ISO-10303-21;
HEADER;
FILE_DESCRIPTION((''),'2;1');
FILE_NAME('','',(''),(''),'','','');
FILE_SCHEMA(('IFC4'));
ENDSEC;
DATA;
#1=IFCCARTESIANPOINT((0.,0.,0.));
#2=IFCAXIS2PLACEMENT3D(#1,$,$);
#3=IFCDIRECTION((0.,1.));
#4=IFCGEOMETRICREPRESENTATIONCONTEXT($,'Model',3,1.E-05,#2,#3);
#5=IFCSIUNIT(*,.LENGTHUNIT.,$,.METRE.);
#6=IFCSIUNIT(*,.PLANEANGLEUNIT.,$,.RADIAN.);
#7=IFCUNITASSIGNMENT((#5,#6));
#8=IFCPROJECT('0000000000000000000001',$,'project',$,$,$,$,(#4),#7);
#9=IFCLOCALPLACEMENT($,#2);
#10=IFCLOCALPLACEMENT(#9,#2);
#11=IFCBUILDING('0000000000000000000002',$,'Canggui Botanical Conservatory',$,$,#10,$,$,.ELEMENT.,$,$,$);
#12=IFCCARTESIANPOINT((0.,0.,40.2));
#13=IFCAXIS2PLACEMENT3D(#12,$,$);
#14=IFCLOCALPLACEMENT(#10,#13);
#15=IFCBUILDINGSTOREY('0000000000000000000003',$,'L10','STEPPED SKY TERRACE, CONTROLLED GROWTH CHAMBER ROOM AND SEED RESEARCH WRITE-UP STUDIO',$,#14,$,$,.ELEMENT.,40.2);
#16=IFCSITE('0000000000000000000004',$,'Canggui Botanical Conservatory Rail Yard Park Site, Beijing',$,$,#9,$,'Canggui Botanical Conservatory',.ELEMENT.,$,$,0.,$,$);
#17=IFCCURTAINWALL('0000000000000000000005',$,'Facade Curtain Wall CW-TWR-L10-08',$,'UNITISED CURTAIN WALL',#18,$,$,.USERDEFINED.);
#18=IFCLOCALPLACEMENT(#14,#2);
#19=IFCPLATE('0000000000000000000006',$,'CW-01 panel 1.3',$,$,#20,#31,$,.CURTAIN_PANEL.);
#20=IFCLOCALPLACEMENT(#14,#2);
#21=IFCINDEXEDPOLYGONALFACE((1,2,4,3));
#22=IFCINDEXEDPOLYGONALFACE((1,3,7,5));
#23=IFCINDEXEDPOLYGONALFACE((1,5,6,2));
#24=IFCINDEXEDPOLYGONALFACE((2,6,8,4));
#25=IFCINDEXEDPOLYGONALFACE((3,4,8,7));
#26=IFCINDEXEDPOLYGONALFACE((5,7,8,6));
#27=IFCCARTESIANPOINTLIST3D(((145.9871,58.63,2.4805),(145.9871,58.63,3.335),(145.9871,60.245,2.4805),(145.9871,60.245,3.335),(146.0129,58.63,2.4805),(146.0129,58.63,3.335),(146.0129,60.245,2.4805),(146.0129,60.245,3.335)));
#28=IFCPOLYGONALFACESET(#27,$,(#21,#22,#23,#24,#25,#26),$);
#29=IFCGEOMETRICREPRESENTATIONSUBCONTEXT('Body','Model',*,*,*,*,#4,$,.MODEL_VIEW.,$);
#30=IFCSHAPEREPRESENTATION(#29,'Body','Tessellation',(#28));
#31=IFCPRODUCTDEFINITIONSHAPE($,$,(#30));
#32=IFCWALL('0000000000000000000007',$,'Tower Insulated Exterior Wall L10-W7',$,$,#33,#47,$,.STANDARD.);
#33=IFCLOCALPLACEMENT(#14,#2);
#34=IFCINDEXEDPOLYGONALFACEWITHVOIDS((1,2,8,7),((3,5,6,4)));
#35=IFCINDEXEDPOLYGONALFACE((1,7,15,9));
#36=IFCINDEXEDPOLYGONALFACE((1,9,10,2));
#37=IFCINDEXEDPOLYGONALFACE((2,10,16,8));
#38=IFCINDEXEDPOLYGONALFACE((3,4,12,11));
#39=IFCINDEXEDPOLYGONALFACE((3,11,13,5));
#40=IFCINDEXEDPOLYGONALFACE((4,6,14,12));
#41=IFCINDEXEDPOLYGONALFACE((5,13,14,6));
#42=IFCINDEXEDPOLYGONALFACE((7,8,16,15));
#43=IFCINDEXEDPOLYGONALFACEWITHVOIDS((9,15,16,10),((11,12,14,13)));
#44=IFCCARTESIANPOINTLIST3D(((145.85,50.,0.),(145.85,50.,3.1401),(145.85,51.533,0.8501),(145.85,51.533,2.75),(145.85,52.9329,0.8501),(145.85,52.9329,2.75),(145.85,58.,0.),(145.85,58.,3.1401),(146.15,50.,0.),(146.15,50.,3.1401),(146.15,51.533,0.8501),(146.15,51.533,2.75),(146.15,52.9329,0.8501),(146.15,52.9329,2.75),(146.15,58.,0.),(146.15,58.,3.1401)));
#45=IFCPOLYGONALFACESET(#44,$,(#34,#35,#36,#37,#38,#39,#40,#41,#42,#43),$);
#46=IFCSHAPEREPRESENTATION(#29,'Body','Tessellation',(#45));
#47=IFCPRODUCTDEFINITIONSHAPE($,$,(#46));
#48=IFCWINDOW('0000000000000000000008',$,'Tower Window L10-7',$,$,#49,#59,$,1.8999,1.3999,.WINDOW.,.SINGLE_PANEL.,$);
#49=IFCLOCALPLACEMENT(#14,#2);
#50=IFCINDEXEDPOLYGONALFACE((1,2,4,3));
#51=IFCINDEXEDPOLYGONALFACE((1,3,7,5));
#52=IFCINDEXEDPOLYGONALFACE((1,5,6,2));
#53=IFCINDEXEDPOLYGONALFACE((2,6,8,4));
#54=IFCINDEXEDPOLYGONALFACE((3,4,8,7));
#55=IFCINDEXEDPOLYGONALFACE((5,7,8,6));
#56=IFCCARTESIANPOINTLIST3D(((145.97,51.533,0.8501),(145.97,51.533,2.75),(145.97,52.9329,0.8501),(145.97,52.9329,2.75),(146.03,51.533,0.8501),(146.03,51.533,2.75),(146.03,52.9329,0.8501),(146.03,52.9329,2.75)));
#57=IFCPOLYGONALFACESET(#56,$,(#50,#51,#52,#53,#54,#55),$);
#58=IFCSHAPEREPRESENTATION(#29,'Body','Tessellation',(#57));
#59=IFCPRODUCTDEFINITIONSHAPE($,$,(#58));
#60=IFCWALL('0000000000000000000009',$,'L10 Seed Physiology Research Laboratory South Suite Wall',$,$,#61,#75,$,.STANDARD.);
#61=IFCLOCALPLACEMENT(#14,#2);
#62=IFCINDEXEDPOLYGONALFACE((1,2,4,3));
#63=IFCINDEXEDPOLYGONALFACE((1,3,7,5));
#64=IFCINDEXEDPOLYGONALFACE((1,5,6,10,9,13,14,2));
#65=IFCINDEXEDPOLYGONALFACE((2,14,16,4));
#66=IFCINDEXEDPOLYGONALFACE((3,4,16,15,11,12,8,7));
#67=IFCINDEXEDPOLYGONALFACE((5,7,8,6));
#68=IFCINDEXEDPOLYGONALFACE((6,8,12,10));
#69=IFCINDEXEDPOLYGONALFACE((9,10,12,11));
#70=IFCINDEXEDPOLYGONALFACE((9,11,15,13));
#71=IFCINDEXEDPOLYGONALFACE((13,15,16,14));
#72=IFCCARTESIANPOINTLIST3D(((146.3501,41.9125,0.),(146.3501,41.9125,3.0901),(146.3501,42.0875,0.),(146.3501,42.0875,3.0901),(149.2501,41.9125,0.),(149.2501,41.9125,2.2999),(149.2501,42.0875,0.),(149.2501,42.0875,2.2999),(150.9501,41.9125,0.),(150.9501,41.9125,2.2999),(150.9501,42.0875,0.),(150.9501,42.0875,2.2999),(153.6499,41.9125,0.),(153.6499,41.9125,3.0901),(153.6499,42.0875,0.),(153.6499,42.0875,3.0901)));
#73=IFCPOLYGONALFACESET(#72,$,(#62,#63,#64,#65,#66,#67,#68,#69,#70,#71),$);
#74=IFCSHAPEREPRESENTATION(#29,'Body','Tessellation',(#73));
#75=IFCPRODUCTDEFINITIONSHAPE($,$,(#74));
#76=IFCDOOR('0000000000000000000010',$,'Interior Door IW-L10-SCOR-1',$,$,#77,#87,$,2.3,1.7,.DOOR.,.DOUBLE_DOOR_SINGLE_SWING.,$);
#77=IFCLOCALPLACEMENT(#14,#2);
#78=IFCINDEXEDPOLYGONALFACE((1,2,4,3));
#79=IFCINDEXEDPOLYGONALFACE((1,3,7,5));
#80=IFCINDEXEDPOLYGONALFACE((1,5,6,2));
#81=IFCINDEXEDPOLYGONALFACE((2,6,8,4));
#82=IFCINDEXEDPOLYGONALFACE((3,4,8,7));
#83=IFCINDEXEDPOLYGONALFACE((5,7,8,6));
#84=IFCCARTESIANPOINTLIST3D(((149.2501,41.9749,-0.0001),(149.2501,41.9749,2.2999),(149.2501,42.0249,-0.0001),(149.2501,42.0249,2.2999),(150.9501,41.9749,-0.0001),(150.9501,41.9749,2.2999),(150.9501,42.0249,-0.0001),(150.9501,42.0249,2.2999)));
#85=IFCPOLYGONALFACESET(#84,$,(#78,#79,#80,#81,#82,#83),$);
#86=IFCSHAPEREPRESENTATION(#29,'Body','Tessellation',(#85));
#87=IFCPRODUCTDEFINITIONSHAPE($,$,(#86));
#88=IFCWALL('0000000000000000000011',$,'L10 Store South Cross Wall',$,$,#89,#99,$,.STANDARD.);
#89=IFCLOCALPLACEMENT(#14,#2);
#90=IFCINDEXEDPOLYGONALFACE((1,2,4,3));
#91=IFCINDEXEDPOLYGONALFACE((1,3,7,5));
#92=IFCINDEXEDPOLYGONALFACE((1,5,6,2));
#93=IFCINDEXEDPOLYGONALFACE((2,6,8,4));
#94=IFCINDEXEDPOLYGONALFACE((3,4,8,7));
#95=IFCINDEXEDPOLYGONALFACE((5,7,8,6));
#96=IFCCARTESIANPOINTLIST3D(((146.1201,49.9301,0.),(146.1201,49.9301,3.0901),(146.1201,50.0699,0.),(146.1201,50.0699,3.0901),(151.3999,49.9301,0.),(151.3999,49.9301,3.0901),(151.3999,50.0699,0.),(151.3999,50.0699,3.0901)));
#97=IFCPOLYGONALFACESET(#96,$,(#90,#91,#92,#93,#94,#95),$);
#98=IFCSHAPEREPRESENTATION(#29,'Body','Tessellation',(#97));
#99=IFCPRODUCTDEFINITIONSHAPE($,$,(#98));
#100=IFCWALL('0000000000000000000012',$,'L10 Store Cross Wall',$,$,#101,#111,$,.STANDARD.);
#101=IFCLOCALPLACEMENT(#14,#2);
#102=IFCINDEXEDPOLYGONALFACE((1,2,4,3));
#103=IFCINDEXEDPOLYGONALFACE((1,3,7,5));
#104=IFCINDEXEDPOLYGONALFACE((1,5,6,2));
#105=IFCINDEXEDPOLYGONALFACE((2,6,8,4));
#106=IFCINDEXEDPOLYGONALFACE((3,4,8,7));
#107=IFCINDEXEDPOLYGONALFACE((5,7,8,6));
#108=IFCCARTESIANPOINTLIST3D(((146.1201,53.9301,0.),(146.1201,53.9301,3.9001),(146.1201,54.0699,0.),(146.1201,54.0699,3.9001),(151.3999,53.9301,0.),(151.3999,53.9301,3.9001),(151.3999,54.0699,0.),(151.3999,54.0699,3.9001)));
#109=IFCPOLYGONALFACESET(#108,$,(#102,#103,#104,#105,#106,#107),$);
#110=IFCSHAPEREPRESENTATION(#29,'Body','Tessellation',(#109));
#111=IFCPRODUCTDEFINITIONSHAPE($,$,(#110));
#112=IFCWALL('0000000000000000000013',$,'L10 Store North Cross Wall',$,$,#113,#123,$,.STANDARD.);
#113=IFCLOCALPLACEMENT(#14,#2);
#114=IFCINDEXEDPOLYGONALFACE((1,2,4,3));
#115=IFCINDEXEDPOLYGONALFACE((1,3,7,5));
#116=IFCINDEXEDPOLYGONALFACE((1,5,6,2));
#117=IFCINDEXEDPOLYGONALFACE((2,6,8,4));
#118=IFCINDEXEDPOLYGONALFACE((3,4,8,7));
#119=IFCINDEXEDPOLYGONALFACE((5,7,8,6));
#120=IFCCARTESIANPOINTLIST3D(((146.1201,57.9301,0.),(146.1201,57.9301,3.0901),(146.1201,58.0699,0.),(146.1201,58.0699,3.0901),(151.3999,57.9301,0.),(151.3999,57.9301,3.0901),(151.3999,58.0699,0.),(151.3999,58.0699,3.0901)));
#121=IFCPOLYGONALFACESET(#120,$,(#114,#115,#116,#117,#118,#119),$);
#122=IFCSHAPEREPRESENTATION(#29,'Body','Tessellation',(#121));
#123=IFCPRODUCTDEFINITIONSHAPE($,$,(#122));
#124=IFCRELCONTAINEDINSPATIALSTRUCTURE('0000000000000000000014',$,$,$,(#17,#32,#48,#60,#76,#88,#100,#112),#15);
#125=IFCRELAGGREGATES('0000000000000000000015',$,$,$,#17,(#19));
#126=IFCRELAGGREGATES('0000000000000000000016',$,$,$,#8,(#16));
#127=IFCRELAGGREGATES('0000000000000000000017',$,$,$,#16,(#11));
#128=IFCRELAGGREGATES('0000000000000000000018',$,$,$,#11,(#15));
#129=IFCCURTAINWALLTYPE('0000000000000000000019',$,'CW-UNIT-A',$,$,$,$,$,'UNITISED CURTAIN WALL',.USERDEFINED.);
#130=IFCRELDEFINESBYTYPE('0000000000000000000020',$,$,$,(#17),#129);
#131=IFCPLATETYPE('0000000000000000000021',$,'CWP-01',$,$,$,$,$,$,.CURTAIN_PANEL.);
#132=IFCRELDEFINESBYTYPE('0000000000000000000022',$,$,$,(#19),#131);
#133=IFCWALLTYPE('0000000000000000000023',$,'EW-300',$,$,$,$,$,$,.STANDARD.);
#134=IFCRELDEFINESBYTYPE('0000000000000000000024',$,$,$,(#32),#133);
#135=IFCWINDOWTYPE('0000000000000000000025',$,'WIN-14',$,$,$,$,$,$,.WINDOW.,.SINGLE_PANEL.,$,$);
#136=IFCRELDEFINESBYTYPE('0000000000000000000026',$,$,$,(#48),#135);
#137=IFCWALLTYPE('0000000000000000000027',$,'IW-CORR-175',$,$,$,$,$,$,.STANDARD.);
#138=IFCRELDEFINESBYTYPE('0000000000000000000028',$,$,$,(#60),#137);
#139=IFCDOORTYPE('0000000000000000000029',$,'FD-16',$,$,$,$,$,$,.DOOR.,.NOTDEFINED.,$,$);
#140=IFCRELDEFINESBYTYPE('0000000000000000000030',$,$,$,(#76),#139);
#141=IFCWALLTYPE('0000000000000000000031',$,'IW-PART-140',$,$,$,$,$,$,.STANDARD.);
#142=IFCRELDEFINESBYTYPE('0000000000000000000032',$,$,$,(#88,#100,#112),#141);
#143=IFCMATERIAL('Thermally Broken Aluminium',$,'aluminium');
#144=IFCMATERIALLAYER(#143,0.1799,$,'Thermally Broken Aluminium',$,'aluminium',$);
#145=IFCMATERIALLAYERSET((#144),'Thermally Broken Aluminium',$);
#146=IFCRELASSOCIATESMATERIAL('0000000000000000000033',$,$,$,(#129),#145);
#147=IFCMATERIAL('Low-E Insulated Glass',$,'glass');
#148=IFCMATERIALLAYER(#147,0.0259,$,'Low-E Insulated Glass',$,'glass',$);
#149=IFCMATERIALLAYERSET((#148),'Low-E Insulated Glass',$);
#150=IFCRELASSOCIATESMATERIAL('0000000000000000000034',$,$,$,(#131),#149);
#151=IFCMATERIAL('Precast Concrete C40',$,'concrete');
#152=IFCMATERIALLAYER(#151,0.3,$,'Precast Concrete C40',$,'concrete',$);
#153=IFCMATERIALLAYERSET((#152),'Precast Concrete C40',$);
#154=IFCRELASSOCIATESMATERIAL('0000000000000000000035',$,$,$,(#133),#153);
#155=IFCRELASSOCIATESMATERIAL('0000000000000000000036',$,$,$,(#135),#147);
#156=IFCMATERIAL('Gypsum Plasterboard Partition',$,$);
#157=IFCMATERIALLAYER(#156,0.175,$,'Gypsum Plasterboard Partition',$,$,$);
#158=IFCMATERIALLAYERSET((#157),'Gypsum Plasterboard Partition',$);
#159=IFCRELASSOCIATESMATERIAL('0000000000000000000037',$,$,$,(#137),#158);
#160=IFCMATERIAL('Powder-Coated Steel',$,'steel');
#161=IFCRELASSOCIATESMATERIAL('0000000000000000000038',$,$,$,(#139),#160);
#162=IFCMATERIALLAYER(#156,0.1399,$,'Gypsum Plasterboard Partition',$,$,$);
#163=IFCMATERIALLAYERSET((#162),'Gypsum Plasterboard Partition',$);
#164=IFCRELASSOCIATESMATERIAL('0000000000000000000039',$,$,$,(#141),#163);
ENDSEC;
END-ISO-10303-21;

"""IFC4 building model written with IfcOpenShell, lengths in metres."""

from ifc_helpers import new_model, si_unit, direction, frame, frame_2d, origin, origin_2d, place, context, subcontext, project, spatial, rectangle, extrude, material, layer, layer_set, type_object, element, fill, aggregate, save


model = new_model("IFC4")

# Units and contexts
model_context = context("Model", 3, precision=1e-05, world=origin(), true_north=direction((0.0, 1.0)))
body_context = subcontext(model_context, "Body", "Model", "MODEL_VIEW")
ifc_project = project(units=[si_unit("LENGTHUNIT", "METRE"), si_unit("PLANEANGLEUNIT", "RADIAN")], contexts=[model_context])

# Site, building, storey
site_placement = place(None, origin())
site = spatial("IfcSite", under=ifc_project, at=site_placement, Name="Canggui Botanical Conservatory Rail Yard Park Site, Beijing", LongName="Canggui Botanical Conservatory", CompositionType="ELEMENT", RefElevation=0.0)
building_placement = place(site_placement, origin())
building = spatial("IfcBuilding", under=site, at=building_placement, Name="Canggui Botanical Conservatory", CompositionType="ELEMENT")
storey_placement = place(building_placement, frame((0.0, 0.0, 40.2)))
storey = spatial("IfcBuildingStorey", under=building, at=storey_placement, Name="L10", Description="STEPPED SKY TERRACE, CONTROLLED GROWTH CHAMBER ROOM AND SEED RESEARCH WRITE-UP STUDIO", CompositionType="ELEMENT", Elevation=40.2)

# Curtain wall
ifc_material_1 = material(Name="Thermally Broken Aluminium", Category="aluminium")
ifc_layer_1 = layer(ifc_material_1, 0.1799, Name="Thermally Broken Aluminium", Category="aluminium")
ifc_layer_set_1 = layer_set([ifc_layer_1], Name="Thermally Broken Aluminium")
curtain_wall_type = type_object("IfcCurtainWallType", Name="CW-UNIT-A", ElementType="UNITISED CURTAIN WALL", PredefinedType="USERDEFINED", material=ifc_layer_set_1)
curtain_wall_1_placement = place(storey_placement, origin())
curtain_wall_1 = element("IfcCurtainWall", 1, at=curtain_wall_1_placement, inside=storey, type_object=curtain_wall_type, Name="Facade Curtain Wall CW-TWR-L10-08", ObjectType="UNITISED CURTAIN WALL", PredefinedType="USERDEFINED")

# Plate
ifc_material_2 = material(Name="Low-E Insulated Glass", Category="glass")
ifc_layer_2 = layer(ifc_material_2, 0.0259, Name="Low-E Insulated Glass", Category="glass")
ifc_layer_set_2 = layer_set([ifc_layer_2], Name="Low-E Insulated Glass")
plate_type = type_object("IfcPlateType", Name="CWP-01", PredefinedType="CURTAIN_PANEL", material=ifc_layer_set_2)
plate_1_placement = place(storey_placement, frame((146.0, 59.4375, 2.4805), z_axis=(0.0, 0.0, 1.0), x_axis=(0.0, 1.0, 0.0)))
plate_1 = element("IfcPlate", 2, at=plate_1_placement, type_object=plate_type, Name="CW-01 panel 1.3", PredefinedType="CURTAIN_PANEL", context=body_context, shape_type="SweptSolid", body=[
    extrude(rectangle(XDim=1.615, YDim=0.0259, at=origin_2d()), origin(), (0.0, 0.0, 1.0), 0.8545),
])
aggregate(curtain_wall_1, [plate_1])

# Wall, opening, window
ifc_material_3 = material(Name="Precast Concrete C40", Category="concrete")
ifc_layer_3 = layer(ifc_material_3, 0.3, Name="Precast Concrete C40", Category="concrete")
ifc_layer_set_3 = layer_set([ifc_layer_3], Name="Precast Concrete C40")
wall_type_1 = type_object("IfcWallType", Name="EW-300", PredefinedType="STANDARD", material=ifc_layer_set_3)
wall_1_placement = place(storey_placement, frame((146.0, 50.0, 0.0), z_axis=(0.0, 0.0, 1.0), x_axis=(0.0, 1.0, 0.0)))
wall_1 = element("IfcWall", 3, at=wall_1_placement, inside=storey, type_object=wall_type_1, Name="Tower Insulated Exterior Wall L10-W7", PredefinedType="STANDARD", context=body_context, shape_type="SweptSolid", body=[
    extrude(rectangle(XDim=8.0, YDim=0.3, at=frame_2d((4.0, 0.0))), origin(), (0.0, 0.0, 1.0), 3.1401),
])
opening_1_placement = place(wall_1_placement, frame((1.533, 0.0, 0.8501)))
opening_1 = element("IfcOpeningElement", 4, at=opening_1_placement, cuts=wall_1, PredefinedType="OPENING", context=body_context, shape_type="SweptSolid", body=[
    extrude(rectangle(XDim=1.3999, YDim=1.8999, at=frame_2d((0.7, 0.95))), frame((0.0, 0.1602, 0.0), z_axis=(0.0, -1.0, 0.0), x_axis=(1.0, 0.0, 0.0)), (0.0, 0.0, 1.0), 0.3201),
])
window_type = type_object("IfcWindowType", Name="WIN-14", PartitioningType="SINGLE_PANEL", PredefinedType="WINDOW", material=ifc_material_2)
window_placement = place(opening_1_placement, origin())
window = element("IfcWindow", 5, at=window_placement, inside=storey, type_object=window_type, Name="Tower Window L10-7", OverallHeight=1.8999, OverallWidth=1.3999, PartitioningType="SINGLE_PANEL", PredefinedType="WINDOW", context=body_context, shape_type="SweptSolid", body=[
    extrude(rectangle(XDim=1.3999, YDim=1.8999, at=frame_2d((0.7, 0.95))), frame((0.0, 0.03, 0.0), z_axis=(0.0, -1.0, 0.0), x_axis=(1.0, 0.0, 0.0)), (0.0, 0.0, 1.0), 0.0601),
])
fill(opening_1, window)

# Wall, opening, door
ifc_material_4 = material(Name="Gypsum Plasterboard Partition")
ifc_layer_4 = layer(ifc_material_4, 0.175, Name="Gypsum Plasterboard Partition")
ifc_layer_set_4 = layer_set([ifc_layer_4], Name="Gypsum Plasterboard Partition")
wall_type_2 = type_object("IfcWallType", Name="IW-CORR-175", PredefinedType="STANDARD", material=ifc_layer_set_4)
wall_2_placement = place(storey_placement, frame((146.3501, 42.0, 0.0), z_axis=(0.0, 0.0, 1.0), x_axis=(1.0, 0.0, 0.0)))
wall_2 = element("IfcWall", 6, at=wall_2_placement, inside=storey, type_object=wall_type_2, Name="L10 Seed Physiology Research Laboratory South Suite Wall", PredefinedType="STANDARD", context=body_context, shape_type="SweptSolid", body=[
    extrude(rectangle(XDim=7.2998, YDim=0.175, at=frame_2d((3.6499, 0.0))), origin(), (0.0, 0.0, 1.0), 3.0901),
])
opening_2_placement = place(wall_2_placement, frame((2.8999, 0.0, 0.0)))
opening_2 = element("IfcOpeningElement", 7, at=opening_2_placement, cuts=wall_2, PredefinedType="OPENING", context=body_context, shape_type="SweptSolid", body=[
    extrude(rectangle(XDim=1.7, YDim=2.3, at=frame_2d((0.8501, 1.1499))), frame((0.0, 0.0977, 0.0), z_axis=(0.0, -1.0, 0.0), x_axis=(1.0, 0.0, 0.0)), (0.0, 0.0, 1.0), 0.1951),
])
ifc_material_5 = material(Name="Powder-Coated Steel", Category="steel")
door_type = type_object("IfcDoorType", Name="FD-16", OperationType="NOTDEFINED", PredefinedType="DOOR", material=ifc_material_5)
door_placement = place(opening_2_placement, origin())
door = element("IfcDoor", 8, at=door_placement, inside=storey, type_object=door_type, Name="Interior Door IW-L10-SCOR-1", OperationType="DOUBLE_DOOR_SINGLE_SWING", OverallHeight=2.3, OverallWidth=1.7, PredefinedType="DOOR", context=body_context, shape_type="SweptSolid", body=[
    extrude(rectangle(XDim=1.7, YDim=2.3, at=frame_2d((0.8501, 1.1499))), frame((0.0, 0.0249, 0.0), z_axis=(0.0, -1.0, 0.0), x_axis=(1.0, 0.0, 0.0)), (0.0, 0.0, 1.0), 0.05),
])
fill(opening_2, door)

# Walls
ifc_layer_5 = layer(ifc_material_4, 0.1399, Name="Gypsum Plasterboard Partition")
ifc_layer_set_5 = layer_set([ifc_layer_5], Name="Gypsum Plasterboard Partition")
wall_type_3 = type_object("IfcWallType", Name="IW-PART-140", PredefinedType="STANDARD", material=ifc_layer_set_5)
wall_3_placement = place(storey_placement, frame((146.1201, 50.0, 0.0), z_axis=(0.0, 0.0, 1.0), x_axis=(1.0, 0.0, 0.0)))
element("IfcWall", 9, at=wall_3_placement, inside=storey, type_object=wall_type_3, Name="L10 Store South Cross Wall", PredefinedType="STANDARD", context=body_context, shape_type="SweptSolid", body=[
    extrude(rectangle(XDim=5.2798, YDim=0.1399, at=frame_2d((2.6399, 0.0))), origin(), (0.0, 0.0, 1.0), 3.0901),
])
wall_4_placement = place(storey_placement, frame((146.1201, 54.0, 0.0), z_axis=(0.0, 0.0, 1.0), x_axis=(1.0, 0.0, 0.0)))
element("IfcWall", 10, at=wall_4_placement, inside=storey, type_object=wall_type_3, Name="L10 Store Cross Wall", PredefinedType="STANDARD", context=body_context, shape_type="SweptSolid", body=[
    extrude(rectangle(XDim=5.2798, YDim=0.1399, at=frame_2d((2.6399, 0.0))), origin(), (0.0, 0.0, 1.0), 3.9001),
])
wall_5_placement = place(storey_placement, frame((146.1201, 58.0, 0.0), z_axis=(0.0, 0.0, 1.0), x_axis=(1.0, 0.0, 0.0)))
element("IfcWall", 11, at=wall_5_placement, inside=storey, type_object=wall_type_3, Name="L10 Store North Cross Wall", PredefinedType="STANDARD", context=body_context, shape_type="SweptSolid", body=[
    extrude(rectangle(XDim=5.2798, YDim=0.1399, at=frame_2d((2.6399, 0.0))), origin(), (0.0, 0.0, 1.0), 3.0901),
])

save(model, "model.ifc")
